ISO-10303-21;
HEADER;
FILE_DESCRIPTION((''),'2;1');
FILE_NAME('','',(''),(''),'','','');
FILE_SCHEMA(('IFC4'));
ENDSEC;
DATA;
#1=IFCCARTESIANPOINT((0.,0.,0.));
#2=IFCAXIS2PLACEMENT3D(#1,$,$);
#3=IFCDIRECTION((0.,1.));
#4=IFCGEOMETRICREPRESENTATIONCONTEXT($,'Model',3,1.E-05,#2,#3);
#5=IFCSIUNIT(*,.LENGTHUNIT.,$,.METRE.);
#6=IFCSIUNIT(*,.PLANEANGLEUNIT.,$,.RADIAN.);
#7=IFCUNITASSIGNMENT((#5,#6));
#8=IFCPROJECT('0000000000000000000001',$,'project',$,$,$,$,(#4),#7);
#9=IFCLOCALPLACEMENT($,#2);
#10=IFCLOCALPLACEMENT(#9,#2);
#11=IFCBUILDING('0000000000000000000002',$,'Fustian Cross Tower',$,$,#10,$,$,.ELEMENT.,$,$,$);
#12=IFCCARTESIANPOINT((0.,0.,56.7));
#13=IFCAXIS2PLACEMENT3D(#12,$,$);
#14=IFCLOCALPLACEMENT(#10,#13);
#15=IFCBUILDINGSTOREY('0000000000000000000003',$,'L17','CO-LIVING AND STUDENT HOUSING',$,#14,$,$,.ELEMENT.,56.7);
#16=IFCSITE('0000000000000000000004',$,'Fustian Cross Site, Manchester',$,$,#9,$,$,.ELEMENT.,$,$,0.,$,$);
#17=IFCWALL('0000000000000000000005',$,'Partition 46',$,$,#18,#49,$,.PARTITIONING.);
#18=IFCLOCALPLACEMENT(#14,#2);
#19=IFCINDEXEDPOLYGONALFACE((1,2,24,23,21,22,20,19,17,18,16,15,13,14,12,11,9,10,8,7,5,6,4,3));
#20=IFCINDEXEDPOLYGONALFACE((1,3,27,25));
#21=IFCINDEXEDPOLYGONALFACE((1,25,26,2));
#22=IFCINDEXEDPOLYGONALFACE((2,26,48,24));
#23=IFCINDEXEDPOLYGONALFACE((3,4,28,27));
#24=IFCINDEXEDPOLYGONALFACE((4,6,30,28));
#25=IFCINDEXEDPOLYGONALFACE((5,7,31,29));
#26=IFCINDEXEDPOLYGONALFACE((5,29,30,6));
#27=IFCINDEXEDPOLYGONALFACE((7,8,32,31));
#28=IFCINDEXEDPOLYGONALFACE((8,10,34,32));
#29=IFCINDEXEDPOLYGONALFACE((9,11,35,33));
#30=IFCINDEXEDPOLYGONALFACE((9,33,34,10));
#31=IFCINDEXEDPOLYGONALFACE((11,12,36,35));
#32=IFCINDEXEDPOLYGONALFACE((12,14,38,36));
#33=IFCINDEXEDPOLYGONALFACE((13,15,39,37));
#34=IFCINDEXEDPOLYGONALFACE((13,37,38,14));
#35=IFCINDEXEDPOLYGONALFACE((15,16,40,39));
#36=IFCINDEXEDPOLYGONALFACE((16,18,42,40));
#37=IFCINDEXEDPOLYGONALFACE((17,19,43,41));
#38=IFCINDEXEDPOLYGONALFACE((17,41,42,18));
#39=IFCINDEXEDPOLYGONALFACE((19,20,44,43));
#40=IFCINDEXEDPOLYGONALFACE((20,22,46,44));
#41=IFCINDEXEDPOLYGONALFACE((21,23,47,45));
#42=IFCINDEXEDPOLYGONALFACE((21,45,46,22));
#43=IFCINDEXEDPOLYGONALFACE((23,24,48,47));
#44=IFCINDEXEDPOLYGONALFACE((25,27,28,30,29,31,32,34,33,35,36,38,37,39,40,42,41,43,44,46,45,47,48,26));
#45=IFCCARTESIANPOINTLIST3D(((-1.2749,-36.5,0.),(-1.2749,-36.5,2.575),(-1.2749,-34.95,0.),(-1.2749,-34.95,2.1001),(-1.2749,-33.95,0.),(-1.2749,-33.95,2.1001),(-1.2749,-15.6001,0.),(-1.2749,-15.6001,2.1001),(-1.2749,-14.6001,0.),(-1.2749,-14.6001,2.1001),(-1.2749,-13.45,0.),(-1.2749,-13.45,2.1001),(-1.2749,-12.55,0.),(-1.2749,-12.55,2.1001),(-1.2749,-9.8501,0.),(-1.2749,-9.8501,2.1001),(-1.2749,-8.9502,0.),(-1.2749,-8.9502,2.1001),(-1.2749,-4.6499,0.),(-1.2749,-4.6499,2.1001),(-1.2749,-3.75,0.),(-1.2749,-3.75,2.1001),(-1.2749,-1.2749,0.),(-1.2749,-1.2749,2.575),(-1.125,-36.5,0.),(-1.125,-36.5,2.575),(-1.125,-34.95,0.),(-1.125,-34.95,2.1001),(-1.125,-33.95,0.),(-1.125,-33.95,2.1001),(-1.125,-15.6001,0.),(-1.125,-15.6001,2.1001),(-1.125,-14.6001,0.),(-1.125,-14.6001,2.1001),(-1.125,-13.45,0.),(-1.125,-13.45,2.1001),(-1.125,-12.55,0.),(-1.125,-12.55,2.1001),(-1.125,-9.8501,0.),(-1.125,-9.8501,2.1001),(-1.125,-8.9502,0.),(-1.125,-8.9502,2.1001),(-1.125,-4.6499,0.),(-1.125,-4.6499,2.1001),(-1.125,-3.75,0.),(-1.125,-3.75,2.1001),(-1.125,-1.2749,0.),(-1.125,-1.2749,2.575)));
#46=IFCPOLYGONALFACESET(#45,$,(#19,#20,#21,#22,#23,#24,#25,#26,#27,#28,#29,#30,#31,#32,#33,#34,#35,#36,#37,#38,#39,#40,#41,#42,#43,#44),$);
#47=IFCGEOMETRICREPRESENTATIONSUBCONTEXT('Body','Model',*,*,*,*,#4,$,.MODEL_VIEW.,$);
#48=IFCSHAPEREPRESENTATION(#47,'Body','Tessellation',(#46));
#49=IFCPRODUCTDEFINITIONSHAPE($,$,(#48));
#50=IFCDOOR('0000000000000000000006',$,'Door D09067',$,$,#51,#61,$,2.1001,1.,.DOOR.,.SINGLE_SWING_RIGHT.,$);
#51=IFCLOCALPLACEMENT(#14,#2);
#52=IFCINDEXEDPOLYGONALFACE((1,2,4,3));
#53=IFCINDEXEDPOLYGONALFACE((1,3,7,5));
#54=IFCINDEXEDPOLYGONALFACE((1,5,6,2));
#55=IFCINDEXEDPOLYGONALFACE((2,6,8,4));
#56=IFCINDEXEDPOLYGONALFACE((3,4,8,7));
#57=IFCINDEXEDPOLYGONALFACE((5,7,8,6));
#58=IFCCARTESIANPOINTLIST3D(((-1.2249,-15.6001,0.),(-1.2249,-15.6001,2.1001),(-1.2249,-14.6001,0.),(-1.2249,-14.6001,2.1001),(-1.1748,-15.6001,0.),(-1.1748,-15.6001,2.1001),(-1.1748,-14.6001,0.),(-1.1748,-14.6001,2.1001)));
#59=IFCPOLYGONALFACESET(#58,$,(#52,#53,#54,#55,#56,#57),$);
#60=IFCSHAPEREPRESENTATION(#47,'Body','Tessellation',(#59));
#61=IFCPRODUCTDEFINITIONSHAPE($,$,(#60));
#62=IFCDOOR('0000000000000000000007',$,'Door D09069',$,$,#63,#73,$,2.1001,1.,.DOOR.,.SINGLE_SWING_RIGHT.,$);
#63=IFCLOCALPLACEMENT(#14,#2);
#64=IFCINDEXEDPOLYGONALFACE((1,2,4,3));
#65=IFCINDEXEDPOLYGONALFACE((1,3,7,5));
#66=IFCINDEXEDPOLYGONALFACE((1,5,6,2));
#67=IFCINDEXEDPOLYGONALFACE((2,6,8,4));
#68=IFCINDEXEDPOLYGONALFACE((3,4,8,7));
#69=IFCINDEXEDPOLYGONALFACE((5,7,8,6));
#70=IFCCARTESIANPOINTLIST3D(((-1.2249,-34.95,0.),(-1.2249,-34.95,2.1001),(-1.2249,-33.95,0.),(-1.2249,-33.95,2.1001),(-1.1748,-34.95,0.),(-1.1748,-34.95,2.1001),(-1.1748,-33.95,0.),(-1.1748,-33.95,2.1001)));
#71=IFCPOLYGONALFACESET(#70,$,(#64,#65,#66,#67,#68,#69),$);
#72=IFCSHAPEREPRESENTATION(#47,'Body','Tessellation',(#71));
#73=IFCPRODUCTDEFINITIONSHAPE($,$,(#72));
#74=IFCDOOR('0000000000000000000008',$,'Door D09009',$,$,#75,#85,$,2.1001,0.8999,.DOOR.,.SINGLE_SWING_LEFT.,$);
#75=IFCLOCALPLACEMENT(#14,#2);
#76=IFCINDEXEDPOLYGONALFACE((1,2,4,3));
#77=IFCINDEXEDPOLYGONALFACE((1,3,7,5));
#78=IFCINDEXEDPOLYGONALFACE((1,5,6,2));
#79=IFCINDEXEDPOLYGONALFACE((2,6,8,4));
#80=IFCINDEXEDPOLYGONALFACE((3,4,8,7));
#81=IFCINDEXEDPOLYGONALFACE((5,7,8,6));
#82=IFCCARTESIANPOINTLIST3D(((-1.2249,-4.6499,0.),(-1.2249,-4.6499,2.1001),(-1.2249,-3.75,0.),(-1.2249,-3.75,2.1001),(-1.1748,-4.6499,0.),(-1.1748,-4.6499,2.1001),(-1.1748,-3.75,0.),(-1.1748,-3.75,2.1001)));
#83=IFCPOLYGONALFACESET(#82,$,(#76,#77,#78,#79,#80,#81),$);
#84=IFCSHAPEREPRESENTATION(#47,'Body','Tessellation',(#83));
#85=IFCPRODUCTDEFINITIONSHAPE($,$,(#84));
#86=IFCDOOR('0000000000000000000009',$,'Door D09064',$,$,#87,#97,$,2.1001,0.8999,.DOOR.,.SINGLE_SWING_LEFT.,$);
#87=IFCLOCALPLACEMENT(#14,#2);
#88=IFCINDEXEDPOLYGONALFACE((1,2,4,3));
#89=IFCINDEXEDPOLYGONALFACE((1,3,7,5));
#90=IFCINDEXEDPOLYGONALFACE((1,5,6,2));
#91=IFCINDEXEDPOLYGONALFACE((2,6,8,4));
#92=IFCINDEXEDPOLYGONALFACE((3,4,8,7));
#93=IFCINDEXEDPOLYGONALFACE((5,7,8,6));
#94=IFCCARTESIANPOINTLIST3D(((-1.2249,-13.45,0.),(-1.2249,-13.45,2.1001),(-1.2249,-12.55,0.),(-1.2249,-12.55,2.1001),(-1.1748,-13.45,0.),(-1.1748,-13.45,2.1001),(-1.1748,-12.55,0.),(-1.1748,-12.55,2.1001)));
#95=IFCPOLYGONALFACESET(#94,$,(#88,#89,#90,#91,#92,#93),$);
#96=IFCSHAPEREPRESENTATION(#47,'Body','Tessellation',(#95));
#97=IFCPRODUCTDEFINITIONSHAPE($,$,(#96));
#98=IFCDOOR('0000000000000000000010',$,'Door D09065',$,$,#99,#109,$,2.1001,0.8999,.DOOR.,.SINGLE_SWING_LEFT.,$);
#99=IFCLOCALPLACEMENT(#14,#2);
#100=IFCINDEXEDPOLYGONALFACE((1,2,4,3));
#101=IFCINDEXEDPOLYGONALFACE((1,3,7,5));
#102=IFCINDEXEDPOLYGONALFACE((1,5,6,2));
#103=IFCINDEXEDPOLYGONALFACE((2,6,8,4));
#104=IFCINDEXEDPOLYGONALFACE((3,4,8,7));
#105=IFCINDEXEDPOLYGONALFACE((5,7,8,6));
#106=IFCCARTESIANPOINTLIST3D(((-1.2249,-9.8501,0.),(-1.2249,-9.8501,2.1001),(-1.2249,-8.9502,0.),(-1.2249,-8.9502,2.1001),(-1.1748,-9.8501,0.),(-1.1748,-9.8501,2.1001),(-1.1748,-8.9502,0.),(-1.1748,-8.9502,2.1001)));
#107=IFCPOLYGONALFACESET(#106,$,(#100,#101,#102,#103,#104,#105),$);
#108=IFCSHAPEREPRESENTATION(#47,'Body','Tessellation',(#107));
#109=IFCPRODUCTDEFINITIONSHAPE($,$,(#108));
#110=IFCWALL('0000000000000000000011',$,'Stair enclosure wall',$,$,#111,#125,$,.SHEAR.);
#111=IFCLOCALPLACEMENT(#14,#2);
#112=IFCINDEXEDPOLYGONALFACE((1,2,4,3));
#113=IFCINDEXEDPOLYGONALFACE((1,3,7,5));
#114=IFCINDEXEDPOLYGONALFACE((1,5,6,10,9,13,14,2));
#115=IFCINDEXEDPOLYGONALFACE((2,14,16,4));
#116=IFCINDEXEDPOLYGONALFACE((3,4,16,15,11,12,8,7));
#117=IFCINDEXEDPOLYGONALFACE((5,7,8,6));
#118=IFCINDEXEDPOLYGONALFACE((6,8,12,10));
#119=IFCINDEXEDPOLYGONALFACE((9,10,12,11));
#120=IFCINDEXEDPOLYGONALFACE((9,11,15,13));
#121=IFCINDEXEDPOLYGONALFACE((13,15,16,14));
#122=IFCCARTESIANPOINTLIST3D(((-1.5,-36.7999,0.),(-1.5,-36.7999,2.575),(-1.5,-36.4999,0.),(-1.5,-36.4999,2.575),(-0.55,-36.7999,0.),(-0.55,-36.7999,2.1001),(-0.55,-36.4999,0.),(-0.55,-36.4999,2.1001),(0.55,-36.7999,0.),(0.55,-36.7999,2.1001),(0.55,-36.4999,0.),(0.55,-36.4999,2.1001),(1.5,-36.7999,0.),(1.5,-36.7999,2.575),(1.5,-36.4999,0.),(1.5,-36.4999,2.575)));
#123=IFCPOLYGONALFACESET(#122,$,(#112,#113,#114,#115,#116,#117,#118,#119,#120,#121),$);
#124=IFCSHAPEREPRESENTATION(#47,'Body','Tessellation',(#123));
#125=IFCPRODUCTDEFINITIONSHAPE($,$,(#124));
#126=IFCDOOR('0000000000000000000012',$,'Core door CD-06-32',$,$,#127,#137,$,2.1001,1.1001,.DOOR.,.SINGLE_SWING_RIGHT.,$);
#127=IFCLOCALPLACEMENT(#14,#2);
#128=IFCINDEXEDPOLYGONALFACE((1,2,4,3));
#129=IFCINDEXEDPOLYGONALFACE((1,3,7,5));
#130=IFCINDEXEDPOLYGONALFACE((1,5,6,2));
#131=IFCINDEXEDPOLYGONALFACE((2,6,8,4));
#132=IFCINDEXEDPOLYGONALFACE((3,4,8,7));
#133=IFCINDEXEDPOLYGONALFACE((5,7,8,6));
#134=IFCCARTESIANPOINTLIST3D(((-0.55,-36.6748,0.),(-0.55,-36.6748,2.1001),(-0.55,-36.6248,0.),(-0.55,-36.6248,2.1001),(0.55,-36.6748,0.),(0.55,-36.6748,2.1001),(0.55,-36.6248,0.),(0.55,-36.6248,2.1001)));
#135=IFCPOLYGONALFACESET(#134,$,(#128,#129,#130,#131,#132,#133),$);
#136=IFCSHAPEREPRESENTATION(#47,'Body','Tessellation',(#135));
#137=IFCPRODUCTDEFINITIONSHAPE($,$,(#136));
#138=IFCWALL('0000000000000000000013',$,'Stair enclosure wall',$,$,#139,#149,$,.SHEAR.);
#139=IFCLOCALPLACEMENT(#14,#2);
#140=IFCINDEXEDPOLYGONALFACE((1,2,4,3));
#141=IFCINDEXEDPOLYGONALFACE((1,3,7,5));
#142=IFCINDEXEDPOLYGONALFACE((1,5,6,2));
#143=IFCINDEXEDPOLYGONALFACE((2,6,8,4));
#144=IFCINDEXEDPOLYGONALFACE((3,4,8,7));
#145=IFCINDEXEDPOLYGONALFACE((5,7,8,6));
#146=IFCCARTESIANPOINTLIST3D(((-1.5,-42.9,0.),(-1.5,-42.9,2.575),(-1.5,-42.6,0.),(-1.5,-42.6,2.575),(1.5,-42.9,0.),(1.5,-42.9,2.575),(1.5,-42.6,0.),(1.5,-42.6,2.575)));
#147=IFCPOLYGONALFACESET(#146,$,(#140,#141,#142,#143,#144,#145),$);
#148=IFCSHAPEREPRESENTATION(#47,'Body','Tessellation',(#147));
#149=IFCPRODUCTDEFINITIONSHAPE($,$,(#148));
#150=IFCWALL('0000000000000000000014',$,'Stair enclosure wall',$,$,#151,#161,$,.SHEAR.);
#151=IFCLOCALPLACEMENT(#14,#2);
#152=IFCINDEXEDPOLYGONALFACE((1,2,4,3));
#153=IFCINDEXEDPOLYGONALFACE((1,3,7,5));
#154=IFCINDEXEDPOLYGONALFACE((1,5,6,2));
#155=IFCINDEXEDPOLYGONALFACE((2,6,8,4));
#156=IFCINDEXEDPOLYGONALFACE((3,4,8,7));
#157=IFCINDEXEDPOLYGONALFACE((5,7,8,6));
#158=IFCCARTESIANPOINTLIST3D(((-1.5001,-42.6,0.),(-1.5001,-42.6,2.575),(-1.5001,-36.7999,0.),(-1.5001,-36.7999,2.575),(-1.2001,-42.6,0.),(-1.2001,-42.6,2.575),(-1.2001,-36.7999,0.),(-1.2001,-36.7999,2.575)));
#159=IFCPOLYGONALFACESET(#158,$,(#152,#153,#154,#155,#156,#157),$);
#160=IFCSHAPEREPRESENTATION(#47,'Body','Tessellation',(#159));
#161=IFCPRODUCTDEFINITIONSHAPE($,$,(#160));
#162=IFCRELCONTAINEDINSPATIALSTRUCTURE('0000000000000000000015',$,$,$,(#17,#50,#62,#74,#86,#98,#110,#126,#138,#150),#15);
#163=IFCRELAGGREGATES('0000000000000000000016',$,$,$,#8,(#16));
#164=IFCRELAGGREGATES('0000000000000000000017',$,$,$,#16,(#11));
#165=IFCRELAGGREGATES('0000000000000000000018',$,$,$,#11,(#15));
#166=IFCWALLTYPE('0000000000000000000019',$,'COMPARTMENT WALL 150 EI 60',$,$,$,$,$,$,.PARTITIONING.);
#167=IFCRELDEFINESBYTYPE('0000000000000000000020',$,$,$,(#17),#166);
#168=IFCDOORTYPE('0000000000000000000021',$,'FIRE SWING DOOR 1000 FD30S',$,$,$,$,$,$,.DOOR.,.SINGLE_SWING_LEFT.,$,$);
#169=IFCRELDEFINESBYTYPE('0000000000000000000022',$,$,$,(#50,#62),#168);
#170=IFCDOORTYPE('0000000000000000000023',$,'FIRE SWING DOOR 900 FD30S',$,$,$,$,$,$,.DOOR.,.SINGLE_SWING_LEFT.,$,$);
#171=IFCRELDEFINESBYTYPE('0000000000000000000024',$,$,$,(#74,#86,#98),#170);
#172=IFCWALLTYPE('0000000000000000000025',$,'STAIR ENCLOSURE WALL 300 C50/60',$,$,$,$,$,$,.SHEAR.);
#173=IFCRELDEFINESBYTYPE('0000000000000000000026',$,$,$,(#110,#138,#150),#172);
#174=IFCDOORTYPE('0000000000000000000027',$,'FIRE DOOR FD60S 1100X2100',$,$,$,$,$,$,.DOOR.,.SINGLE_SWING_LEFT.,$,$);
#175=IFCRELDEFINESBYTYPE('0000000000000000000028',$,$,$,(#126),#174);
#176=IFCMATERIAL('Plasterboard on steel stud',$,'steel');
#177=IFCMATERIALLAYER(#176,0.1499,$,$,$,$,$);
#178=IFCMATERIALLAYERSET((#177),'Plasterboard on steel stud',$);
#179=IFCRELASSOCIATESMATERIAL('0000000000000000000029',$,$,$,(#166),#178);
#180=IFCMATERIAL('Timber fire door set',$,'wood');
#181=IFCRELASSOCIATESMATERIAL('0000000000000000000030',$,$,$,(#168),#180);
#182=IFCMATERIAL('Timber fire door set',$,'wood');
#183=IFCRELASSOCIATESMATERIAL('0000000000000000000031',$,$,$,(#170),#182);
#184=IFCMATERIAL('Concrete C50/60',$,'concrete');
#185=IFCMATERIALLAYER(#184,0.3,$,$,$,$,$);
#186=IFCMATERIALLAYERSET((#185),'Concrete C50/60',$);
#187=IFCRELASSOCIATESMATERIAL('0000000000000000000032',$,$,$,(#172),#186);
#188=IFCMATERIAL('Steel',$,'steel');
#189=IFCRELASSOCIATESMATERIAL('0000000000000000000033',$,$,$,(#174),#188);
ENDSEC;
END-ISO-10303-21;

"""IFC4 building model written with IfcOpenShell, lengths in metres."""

from ifc_helpers import new_model, si_unit, direction, frame, frame_2d, origin, place, context, subcontext, project, spatial, rectangle, extrude, material, layer, layer_set, type_object, element, fill, save


model = new_model("IFC4")

# Units and contexts
model_context = context("Model", 3, precision=1e-05, world=origin(), true_north=direction((0.0, 1.0)))
body_context = subcontext(model_context, "Body", "Model", "MODEL_VIEW")
ifc_project = project(units=[si_unit("LENGTHUNIT", "METRE"), si_unit("PLANEANGLEUNIT", "RADIAN")], contexts=[model_context])

# Site, building, storey
site_placement = place(None, origin())
site = spatial("IfcSite", under=ifc_project, at=site_placement, Name="Fustian Cross Site, Manchester", CompositionType="ELEMENT", RefElevation=0.0)
building_placement = place(site_placement, origin())
building = spatial("IfcBuilding", under=site, at=building_placement, Name="Fustian Cross Tower", CompositionType="ELEMENT")
storey_placement = place(building_placement, frame((0.0, 0.0, 56.7)))
storey = spatial("IfcBuildingStorey", under=building, at=storey_placement, Name="L17", Description="CO-LIVING AND STUDENT HOUSING", CompositionType="ELEMENT", Elevation=56.7)

# Wall, openings, doors
ifc_material_1 = material(Name="Plasterboard on steel stud", Category="steel")
ifc_layer_1 = layer(ifc_material_1, 0.1499)
ifc_layer_set_1 = layer_set([ifc_layer_1], Name="Plasterboard on steel stud")
wall_type_1 = type_object("IfcWallType", Name="COMPARTMENT WALL 150 EI 60", PredefinedType="PARTITIONING", material=ifc_layer_set_1)
wall_1_placement = place(storey_placement, frame((-1.2, -36.5, 0.0), z_axis=(0.0, 0.0, 1.0), x_axis=(0.0, 1.0, 0.0)))
wall_1 = element("IfcWall", 1, at=wall_1_placement, inside=storey, type_object=wall_type_1, Name="Partition 46", PredefinedType="PARTITIONING", context=body_context, shape_type="SweptSolid", body=[
    extrude(rectangle(XDim=35.2251, YDim=0.1499, at=frame_2d((17.6125, 0.0))), origin(), (0.0, 0.0, 1.0), 2.575),
])
opening_1_placement = place(wall_1_placement, frame((31.8501, 0.0, 0.0)))
opening_1 = element("IfcOpeningElement", 2, at=opening_1_placement, cuts=wall_1, PredefinedType="OPENING", context=body_context, shape_type="SweptSolid", body=[
    extrude(rectangle(XDim=0.8999, YDim=2.1001, at=frame_2d((0.45, 1.05))), frame((0.0, 0.085, 0.0), z_axis=(0.0, -1.0, 0.0), x_axis=(1.0, 0.0, 0.0)), (0.0, 0.0, 1.0), 0.1699),
])
opening_2_placement = place(wall_1_placement, frame((23.05, 0.0, 0.0)))
opening_2 = element("IfcOpeningElement", 3, at=opening_2_placement, cuts=wall_1, PredefinedType="OPENING", context=body_context, shape_type="SweptSolid", body=[
    extrude(rectangle(XDim=0.8999, YDim=2.1001, at=frame_2d((0.45, 1.05))), frame((0.0, 0.085, 0.0), z_axis=(0.0, -1.0, 0.0), x_axis=(1.0, 0.0, 0.0)), (0.0, 0.0, 1.0), 0.1699),
])
opening_3_placement = place(wall_1_placement, frame((26.6499, 0.0, 0.0)))
opening_3 = element("IfcOpeningElement", 4, at=opening_3_placement, cuts=wall_1, PredefinedType="OPENING", context=body_context, shape_type="SweptSolid", body=[
    extrude(rectangle(XDim=0.8999, YDim=2.1001, at=frame_2d((0.45, 1.05))), frame((0.0, 0.085, 0.0), z_axis=(0.0, -1.0, 0.0), x_axis=(1.0, 0.0, 0.0)), (0.0, 0.0, 1.0), 0.1699),
])
opening_4_placement = place(wall_1_placement, frame((20.8999, 0.0, 0.0)))
opening_4 = element("IfcOpeningElement", 5, at=opening_4_placement, cuts=wall_1, PredefinedType="OPENING", context=body_context, shape_type="SweptSolid", body=[
    extrude(rectangle(XDim=1.0, YDim=2.1001, at=frame_2d((0.5, 1.05))), frame((0.0, 0.085, 0.0), z_axis=(0.0, -1.0, 0.0), x_axis=(1.0, 0.0, 0.0)), (0.0, 0.0, 1.0), 0.1699),
])
opening_5_placement = place(wall_1_placement, frame((1.55, 0.0, 0.0)))
opening_5 = element("IfcOpeningElement", 6, at=opening_5_placement, cuts=wall_1, PredefinedType="OPENING", context=body_context, shape_type="SweptSolid", body=[
    extrude(rectangle(XDim=1.0, YDim=2.1001, at=frame_2d((0.5, 1.05))), frame((0.0, 0.085, 0.0), z_axis=(0.0, -1.0, 0.0), x_axis=(1.0, 0.0, 0.0)), (0.0, 0.0, 1.0), 0.1699),
])
ifc_material_2 = material(Name="Timber fire door set", Category="wood")
door_type_1 = type_object("IfcDoorType", Name="FIRE SWING DOOR 1000 FD30S", OperationType="SINGLE_SWING_LEFT", PredefinedType="DOOR", material=ifc_material_2)
door_1_placement = place(opening_4_placement, origin())
door_1 = element("IfcDoor", 7, at=door_1_placement, inside=storey, type_object=door_type_1, Name="Door D09067", OperationType="SINGLE_SWING_RIGHT", OverallHeight=2.1001, OverallWidth=1.0, PredefinedType="DOOR", context=body_context, shape_type="SweptSolid", body=[
    extrude(rectangle(XDim=1.0, YDim=2.1001, at=frame_2d((0.5, 1.05))), frame((0.0, 0.0249, 0.0), z_axis=(0.0, -1.0, 0.0), x_axis=(1.0, 0.0, 0.0)), (0.0, 0.0, 1.0), 0.05),
])
fill(opening_4, door_1)
door_2_placement = place(opening_5_placement, origin())
door_2 = element("IfcDoor", 8, at=door_2_placement, inside=storey, type_object=door_type_1, Name="Door D09069", OperationType="SINGLE_SWING_RIGHT", OverallHeight=2.1001, OverallWidth=1.0, PredefinedType="DOOR", context=body_context, shape_type="SweptSolid", body=[
    extrude(rectangle(XDim=1.0, YDim=2.1001, at=frame_2d((0.5, 1.05))), frame((0.0, 0.0249, 0.0), z_axis=(0.0, -1.0, 0.0), x_axis=(1.0, 0.0, 0.0)), (0.0, 0.0, 1.0), 0.05),
])
fill(opening_5, door_2)
ifc_material_3 = material(Name="Timber fire door set", Category="wood")
door_type_2 = type_object("IfcDoorType", Name="FIRE SWING DOOR 900 FD30S", OperationType="SINGLE_SWING_LEFT", PredefinedType="DOOR", material=ifc_material_3)
door_3_placement = place(opening_1_placement, origin())
door_3 = element("IfcDoor", 9, at=door_3_placement, inside=storey, type_object=door_type_2, Name="Door D09009", OperationType="SINGLE_SWING_LEFT", OverallHeight=2.1001, OverallWidth=0.8999, PredefinedType="DOOR", context=body_context, shape_type="SweptSolid", body=[
    extrude(rectangle(XDim=0.8999, YDim=2.1001, at=frame_2d((0.45, 1.05))), frame((0.0, 0.0249, 0.0), z_axis=(0.0, -1.0, 0.0), x_axis=(1.0, 0.0, 0.0)), (0.0, 0.0, 1.0), 0.05),
])
fill(opening_1, door_3)
door_4_placement = place(opening_2_placement, origin())
door_4 = element("IfcDoor", 10, at=door_4_placement, inside=storey, type_object=door_type_2, Name="Door D09064", OperationType="SINGLE_SWING_LEFT", OverallHeight=2.1001, OverallWidth=0.8999, PredefinedType="DOOR", context=body_context, shape_type="SweptSolid", body=[
    extrude(rectangle(XDim=0.8999, YDim=2.1001, at=frame_2d((0.45, 1.05))), frame((0.0, 0.0249, 0.0), z_axis=(0.0, -1.0, 0.0), x_axis=(1.0, 0.0, 0.0)), (0.0, 0.0, 1.0), 0.05),
])
fill(opening_2, door_4)
door_5_placement = place(opening_3_placement, origin())
door_5 = element("IfcDoor", 11, at=door_5_placement, inside=storey, type_object=door_type_2, Name="Door D09065", OperationType="SINGLE_SWING_LEFT", OverallHeight=2.1001, OverallWidth=0.8999, PredefinedType="DOOR", context=body_context, shape_type="SweptSolid", body=[
    extrude(rectangle(XDim=0.8999, YDim=2.1001, at=frame_2d((0.45, 1.05))), frame((0.0, 0.0249, 0.0), z_axis=(0.0, -1.0, 0.0), x_axis=(1.0, 0.0, 0.0)), (0.0, 0.0, 1.0), 0.05),
])
fill(opening_3, door_5)

# Wall, opening, door
ifc_material_4 = material(Name="Concrete C50/60", Category="concrete")
ifc_layer_2 = layer(ifc_material_4, 0.3)
ifc_layer_set_2 = layer_set([ifc_layer_2], Name="Concrete C50/60")
wall_type_2 = type_object("IfcWallType", Name="STAIR ENCLOSURE WALL 300 C50/60", PredefinedType="SHEAR", material=ifc_layer_set_2)
wall_2_placement = place(storey_placement, frame((-1.5, -36.6499, 0.0), z_axis=(0.0, 0.0, 1.0), x_axis=(1.0, 0.0, 0.0)))
wall_2 = element("IfcWall", 12, at=wall_2_placement, inside=storey, type_object=wall_type_2, Name="Stair enclosure wall", PredefinedType="SHEAR", context=body_context, shape_type="SweptSolid", body=[
    extrude(rectangle(XDim=3.0, YDim=0.3, at=frame_2d((1.5, 0.0))), origin(), (0.0, 0.0, 1.0), 2.575),
])
opening_6_placement = place(wall_2_placement, frame((0.95, 0.0, 0.0)))
opening_6 = element("IfcOpeningElement", 13, at=opening_6_placement, cuts=wall_2, PredefinedType="OPENING", context=body_context, shape_type="SweptSolid", body=[
    extrude(rectangle(XDim=1.1001, YDim=2.1001, at=frame_2d((0.55, 1.05))), frame((0.0, 0.1599, 0.0), z_axis=(0.0, -1.0, 0.0), x_axis=(1.0, 0.0, 0.0)), (0.0, 0.0, 1.0), 0.3201),
])
ifc_material_5 = material(Name="Steel", Category="steel")
door_type_3 = type_object("IfcDoorType", Name="FIRE DOOR FD60S 1100X2100", OperationType="SINGLE_SWING_LEFT", PredefinedType="DOOR", material=ifc_material_5)
door_6_placement = place(opening_6_placement, frame((1.1001, 0.0, 0.0), z_axis=(0.0, 0.0, 1.0), x_axis=(-1.0, 0.0, 0.0)))
door_6 = element("IfcDoor", 14, at=door_6_placement, inside=storey, type_object=door_type_3, Name="Core door CD-06-32", OperationType="SINGLE_SWING_RIGHT", OverallHeight=2.1001, OverallWidth=1.1001, PredefinedType="DOOR", context=body_context, shape_type="SweptSolid", body=[
    extrude(rectangle(XDim=1.1001, YDim=2.1001, at=frame_2d((0.55, 1.05))), frame((0.0, 0.0249, 0.0), z_axis=(0.0, -1.0, 0.0), x_axis=(1.0, 0.0, 0.0)), (0.0, 0.0, 1.0), 0.05),
])
fill(opening_6, door_6)

# Walls
wall_3_placement = place(storey_placement, frame((-1.5, -42.75, 0.0), z_axis=(0.0, 0.0, 1.0), x_axis=(1.0, 0.0, 0.0)))
element("IfcWall", 15, at=wall_3_placement, inside=storey, type_object=wall_type_2, Name="Stair enclosure wall", PredefinedType="SHEAR", context=body_context, shape_type="SweptSolid", body=[
    extrude(rectangle(XDim=3.0, YDim=0.3, at=frame_2d((1.5, 0.0))), origin(), (0.0, 0.0, 1.0), 2.575),
])
wall_4_placement = place(storey_placement, frame((-1.3501, -36.8, 0.0), z_axis=(0.0, 0.0, 1.0), x_axis=(0.0, -1.0, 0.0)))
element("IfcWall", 16, at=wall_4_placement, inside=storey, type_object=wall_type_2, Name="Stair enclosure wall", PredefinedType="SHEAR", context=body_context, shape_type="SweptSolid", body=[
    extrude(rectangle(XDim=5.8, YDim=0.3, at=frame_2d((2.8999, 0.0))), origin(), (0.0, 0.0, 1.0), 2.575),
])

save(model, "model.ifc")
